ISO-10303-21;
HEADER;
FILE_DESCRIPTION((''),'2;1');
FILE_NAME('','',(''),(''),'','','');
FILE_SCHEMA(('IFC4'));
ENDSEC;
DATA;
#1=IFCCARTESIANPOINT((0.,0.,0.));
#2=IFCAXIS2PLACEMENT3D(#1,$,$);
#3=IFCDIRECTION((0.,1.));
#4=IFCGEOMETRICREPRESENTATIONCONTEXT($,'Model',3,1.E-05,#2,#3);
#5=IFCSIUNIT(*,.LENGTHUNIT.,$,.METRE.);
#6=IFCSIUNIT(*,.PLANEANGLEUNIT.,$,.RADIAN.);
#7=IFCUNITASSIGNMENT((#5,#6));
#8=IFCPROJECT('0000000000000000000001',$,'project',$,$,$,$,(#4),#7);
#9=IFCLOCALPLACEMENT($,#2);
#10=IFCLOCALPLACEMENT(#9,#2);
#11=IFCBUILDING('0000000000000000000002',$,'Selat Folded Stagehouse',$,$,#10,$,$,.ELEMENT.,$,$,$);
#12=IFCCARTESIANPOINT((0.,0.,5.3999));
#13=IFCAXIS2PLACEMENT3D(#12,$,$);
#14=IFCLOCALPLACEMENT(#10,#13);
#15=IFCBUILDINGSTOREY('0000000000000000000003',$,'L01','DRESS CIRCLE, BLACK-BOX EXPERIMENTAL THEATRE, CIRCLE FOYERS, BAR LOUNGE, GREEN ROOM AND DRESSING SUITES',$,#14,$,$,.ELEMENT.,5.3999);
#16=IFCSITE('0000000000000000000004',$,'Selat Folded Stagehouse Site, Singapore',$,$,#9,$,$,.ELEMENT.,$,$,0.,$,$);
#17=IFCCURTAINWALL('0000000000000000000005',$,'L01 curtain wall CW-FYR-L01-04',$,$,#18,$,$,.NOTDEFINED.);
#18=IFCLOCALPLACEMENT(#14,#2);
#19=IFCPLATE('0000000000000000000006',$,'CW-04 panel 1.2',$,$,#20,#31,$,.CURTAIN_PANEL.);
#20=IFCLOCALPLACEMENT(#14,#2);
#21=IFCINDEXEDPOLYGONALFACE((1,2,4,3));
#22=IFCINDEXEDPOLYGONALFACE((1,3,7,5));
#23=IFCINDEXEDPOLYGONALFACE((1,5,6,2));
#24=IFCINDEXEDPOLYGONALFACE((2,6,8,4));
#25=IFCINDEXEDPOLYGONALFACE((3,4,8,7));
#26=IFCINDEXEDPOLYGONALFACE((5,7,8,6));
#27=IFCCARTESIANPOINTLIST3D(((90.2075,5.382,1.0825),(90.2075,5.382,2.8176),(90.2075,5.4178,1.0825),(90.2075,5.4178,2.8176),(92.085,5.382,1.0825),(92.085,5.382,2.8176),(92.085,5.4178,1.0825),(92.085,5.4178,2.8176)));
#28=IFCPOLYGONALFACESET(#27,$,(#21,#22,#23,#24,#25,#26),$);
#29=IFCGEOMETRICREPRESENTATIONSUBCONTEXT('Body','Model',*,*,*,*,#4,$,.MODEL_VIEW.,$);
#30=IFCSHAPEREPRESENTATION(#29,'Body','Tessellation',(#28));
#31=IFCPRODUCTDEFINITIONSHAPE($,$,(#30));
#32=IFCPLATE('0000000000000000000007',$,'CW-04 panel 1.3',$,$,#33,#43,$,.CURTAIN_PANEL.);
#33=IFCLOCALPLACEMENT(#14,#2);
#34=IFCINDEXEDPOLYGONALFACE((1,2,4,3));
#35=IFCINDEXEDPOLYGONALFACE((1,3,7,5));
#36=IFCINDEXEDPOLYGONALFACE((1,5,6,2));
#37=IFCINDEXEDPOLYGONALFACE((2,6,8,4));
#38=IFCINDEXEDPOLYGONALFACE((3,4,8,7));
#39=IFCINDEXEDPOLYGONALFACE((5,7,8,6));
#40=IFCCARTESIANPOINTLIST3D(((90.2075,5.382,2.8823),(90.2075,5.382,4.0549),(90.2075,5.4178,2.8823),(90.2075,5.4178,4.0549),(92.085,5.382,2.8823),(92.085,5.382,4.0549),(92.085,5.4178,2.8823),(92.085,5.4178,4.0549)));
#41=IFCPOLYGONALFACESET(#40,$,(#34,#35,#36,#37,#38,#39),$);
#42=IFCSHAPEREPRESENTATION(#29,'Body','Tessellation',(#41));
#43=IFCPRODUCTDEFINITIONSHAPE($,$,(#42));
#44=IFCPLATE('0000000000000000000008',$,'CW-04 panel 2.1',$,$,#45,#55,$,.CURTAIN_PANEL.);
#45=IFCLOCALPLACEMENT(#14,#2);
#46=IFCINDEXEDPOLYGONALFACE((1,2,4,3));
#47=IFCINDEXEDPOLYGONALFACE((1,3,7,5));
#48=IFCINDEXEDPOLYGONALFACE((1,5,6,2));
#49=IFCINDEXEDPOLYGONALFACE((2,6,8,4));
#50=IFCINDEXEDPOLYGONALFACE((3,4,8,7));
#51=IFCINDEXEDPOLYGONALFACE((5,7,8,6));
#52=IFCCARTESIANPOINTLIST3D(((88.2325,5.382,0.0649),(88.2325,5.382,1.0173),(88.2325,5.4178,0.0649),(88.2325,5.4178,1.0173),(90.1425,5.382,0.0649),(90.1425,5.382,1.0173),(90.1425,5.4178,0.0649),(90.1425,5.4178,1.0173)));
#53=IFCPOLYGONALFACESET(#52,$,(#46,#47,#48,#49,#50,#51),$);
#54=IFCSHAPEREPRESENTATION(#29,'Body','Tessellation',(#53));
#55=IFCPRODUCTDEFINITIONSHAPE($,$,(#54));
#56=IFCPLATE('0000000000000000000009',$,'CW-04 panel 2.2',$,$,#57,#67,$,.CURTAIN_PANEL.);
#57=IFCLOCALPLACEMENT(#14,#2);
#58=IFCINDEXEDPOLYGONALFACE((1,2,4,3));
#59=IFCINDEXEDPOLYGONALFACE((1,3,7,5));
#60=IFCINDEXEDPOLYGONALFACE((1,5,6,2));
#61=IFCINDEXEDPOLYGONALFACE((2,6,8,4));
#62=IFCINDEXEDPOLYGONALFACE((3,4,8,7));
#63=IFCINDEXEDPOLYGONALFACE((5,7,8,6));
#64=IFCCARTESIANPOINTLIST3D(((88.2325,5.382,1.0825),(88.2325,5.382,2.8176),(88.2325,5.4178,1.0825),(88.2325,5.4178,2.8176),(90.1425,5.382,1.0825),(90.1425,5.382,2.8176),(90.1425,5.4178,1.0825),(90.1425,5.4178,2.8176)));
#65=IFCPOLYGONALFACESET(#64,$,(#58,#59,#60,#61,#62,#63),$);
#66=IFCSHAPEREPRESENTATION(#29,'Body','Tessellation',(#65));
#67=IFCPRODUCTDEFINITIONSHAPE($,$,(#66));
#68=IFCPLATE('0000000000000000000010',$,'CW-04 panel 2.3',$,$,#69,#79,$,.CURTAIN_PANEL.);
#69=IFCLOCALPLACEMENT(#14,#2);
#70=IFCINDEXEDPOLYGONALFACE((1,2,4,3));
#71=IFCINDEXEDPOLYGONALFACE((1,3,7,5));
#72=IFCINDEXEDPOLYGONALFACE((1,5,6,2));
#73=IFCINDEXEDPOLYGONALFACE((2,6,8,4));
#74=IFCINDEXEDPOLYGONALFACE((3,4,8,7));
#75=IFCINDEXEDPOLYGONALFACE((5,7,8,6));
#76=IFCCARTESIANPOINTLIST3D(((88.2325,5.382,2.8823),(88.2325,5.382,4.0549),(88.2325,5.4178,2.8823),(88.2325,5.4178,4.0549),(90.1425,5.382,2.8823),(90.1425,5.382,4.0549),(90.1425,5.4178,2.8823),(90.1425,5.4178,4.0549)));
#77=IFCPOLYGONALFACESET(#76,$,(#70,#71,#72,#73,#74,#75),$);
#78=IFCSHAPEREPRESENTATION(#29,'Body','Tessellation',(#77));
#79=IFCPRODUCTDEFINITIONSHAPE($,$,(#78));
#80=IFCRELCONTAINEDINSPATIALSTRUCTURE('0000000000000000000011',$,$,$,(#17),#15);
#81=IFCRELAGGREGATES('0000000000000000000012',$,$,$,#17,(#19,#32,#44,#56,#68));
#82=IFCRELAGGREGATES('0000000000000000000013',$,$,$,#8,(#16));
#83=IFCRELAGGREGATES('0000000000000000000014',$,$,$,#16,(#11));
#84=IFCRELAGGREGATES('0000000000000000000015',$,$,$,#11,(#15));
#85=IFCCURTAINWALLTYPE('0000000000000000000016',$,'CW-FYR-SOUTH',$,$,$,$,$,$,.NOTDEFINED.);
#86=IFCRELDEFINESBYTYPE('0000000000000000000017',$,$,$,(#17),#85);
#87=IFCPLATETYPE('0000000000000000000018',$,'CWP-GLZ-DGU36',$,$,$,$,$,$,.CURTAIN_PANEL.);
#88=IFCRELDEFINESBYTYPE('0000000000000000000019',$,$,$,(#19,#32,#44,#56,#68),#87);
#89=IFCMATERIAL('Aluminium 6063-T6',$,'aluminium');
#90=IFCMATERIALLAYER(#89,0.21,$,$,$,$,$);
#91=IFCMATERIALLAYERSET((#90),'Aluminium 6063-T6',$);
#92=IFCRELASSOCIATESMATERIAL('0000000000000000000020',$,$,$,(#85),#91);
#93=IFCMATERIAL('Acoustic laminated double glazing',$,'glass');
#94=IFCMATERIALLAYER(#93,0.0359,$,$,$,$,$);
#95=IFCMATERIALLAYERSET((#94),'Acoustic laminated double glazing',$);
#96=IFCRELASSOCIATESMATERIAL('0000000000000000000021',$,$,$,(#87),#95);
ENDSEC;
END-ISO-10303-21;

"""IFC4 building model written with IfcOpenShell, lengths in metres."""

from ifc_helpers import new_model, si_unit, direction, frame, origin, origin_2d, place, context, subcontext, project, spatial, rectangle, extrude, material, layer, layer_set, type_object, element, aggregate, save


model = new_model("IFC4")

# Units and contexts
model_context = context("Model", 3, precision=1e-05, world=origin(), true_north=direction((0.0, 1.0)))
body_context = subcontext(model_context, "Body", "Model", "MODEL_VIEW")
ifc_project = project(units=[si_unit("LENGTHUNIT", "METRE"), si_unit("PLANEANGLEUNIT", "RADIAN")], contexts=[model_context])

# Site, building, storey
site_placement = place(None, origin())
site = spatial("IfcSite", under=ifc_project, at=site_placement, Name="Selat Folded Stagehouse Site, Singapore", CompositionType="ELEMENT", RefElevation=0.0)
building_placement = place(site_placement, origin())
building = spatial("IfcBuilding", under=site, at=building_placement, Name="Selat Folded Stagehouse", CompositionType="ELEMENT")
storey_placement = place(building_placement, frame((0.0, 0.0, 5.3999)))
storey = spatial("IfcBuildingStorey", under=building, at=storey_placement, Name="L01", Description="DRESS CIRCLE, BLACK-BOX EXPERIMENTAL THEATRE, CIRCLE FOYERS, BAR LOUNGE, GREEN ROOM AND DRESSING SUITES", CompositionType="ELEMENT", Elevation=5.3999)

# Curtain wall
ifc_material_1 = material(Name="Aluminium 6063-T6", Category="aluminium")
ifc_layer_1 = layer(ifc_material_1, 0.21)
ifc_layer_set_1 = layer_set([ifc_layer_1], Name="Aluminium 6063-T6")
curtain_wall_type = type_object("IfcCurtainWallType", Name="CW-FYR-SOUTH", PredefinedType="NOTDEFINED", material=ifc_layer_set_1)
curtain_wall_placement = place(storey_placement, origin())
curtain_wall = element("IfcCurtainWall", 1, at=curtain_wall_placement, inside=storey, type_object=curtain_wall_type, Name="L01 curtain wall CW-FYR-L01-04", PredefinedType="NOTDEFINED")

# Plates
ifc_material_2 = material(Name="Acoustic laminated double glazing", Category="glass")
ifc_layer_2 = layer(ifc_material_2, 0.0359)
ifc_layer_set_2 = layer_set([ifc_layer_2], Name="Acoustic laminated double glazing")
plate_type = type_object("IfcPlateType", Name="CWP-GLZ-DGU36", PredefinedType="CURTAIN_PANEL", material=ifc_layer_set_2)
plate_1_placement = place(storey_placement, frame((91.1462, 5.3999, 1.0825), z_axis=(0.0, 0.0, 1.0), x_axis=(-1.0, 0.0, 0.0)))
plate_1 = element("IfcPlate", 2, at=plate_1_placement, type_object=plate_type, Name="CW-04 panel 1.2", PredefinedType="CURTAIN_PANEL", context=body_context, shape_type="SweptSolid", body=[
    extrude(rectangle(XDim=1.8774, YDim=0.0359, at=origin_2d()), origin(), (0.0, 0.0, 1.0), 1.7351),
])
plate_2_placement = place(storey_placement, frame((91.1462, 5.3999, 2.8823), z_axis=(0.0, 0.0, 1.0), x_axis=(-1.0, 0.0, 0.0)))
plate_2 = element("IfcPlate", 3, at=plate_2_placement, type_object=plate_type, Name="CW-04 panel 1.3", PredefinedType="CURTAIN_PANEL", context=body_context, shape_type="SweptSolid", body=[
    extrude(rectangle(XDim=1.8774, YDim=0.0359, at=origin_2d()), origin(), (0.0, 0.0, 1.0), 1.1726),
])
plate_3_placement = place(storey_placement, frame((89.1875, 5.3999, 0.0649), z_axis=(0.0, 0.0, 1.0), x_axis=(-1.0, 0.0, 0.0)))
plate_3 = element("IfcPlate", 4, at=plate_3_placement, type_object=plate_type, Name="CW-04 panel 2.1", PredefinedType="CURTAIN_PANEL", context=body_context, shape_type="SweptSolid", body=[
    extrude(rectangle(XDim=1.9099, YDim=0.0359, at=origin_2d()), origin(), (0.0, 0.0, 1.0), 0.9524),
])
plate_4_placement = place(storey_placement, frame((89.1875, 5.3999, 1.0825), z_axis=(0.0, 0.0, 1.0), x_axis=(-1.0, 0.0, 0.0)))
plate_4 = element("IfcPlate", 5, at=plate_4_placement, type_object=plate_type, Name="CW-04 panel 2.2", PredefinedType="CURTAIN_PANEL", context=body_context, shape_type="SweptSolid", body=[
    extrude(rectangle(XDim=1.9099, YDim=0.0359, at=origin_2d()), origin(), (0.0, 0.0, 1.0), 1.7351),
])
plate_5_placement = place(storey_placement, frame((89.1875, 5.3999, 2.8823), z_axis=(0.0, 0.0, 1.0), x_axis=(-1.0, 0.0, 0.0)))
plate_5 = element("IfcPlate", 6, at=plate_5_placement, type_object=plate_type, Name="CW-04 panel 2.3", PredefinedType="CURTAIN_PANEL", context=body_context, shape_type="SweptSolid", body=[
    extrude(rectangle(XDim=1.9099, YDim=0.0359, at=origin_2d()), origin(), (0.0, 0.0, 1.0), 1.1726),
])
aggregate(curtain_wall, [plate_1, plate_2, plate_3, plate_4, plate_5])

save(model, "model.ifc")
